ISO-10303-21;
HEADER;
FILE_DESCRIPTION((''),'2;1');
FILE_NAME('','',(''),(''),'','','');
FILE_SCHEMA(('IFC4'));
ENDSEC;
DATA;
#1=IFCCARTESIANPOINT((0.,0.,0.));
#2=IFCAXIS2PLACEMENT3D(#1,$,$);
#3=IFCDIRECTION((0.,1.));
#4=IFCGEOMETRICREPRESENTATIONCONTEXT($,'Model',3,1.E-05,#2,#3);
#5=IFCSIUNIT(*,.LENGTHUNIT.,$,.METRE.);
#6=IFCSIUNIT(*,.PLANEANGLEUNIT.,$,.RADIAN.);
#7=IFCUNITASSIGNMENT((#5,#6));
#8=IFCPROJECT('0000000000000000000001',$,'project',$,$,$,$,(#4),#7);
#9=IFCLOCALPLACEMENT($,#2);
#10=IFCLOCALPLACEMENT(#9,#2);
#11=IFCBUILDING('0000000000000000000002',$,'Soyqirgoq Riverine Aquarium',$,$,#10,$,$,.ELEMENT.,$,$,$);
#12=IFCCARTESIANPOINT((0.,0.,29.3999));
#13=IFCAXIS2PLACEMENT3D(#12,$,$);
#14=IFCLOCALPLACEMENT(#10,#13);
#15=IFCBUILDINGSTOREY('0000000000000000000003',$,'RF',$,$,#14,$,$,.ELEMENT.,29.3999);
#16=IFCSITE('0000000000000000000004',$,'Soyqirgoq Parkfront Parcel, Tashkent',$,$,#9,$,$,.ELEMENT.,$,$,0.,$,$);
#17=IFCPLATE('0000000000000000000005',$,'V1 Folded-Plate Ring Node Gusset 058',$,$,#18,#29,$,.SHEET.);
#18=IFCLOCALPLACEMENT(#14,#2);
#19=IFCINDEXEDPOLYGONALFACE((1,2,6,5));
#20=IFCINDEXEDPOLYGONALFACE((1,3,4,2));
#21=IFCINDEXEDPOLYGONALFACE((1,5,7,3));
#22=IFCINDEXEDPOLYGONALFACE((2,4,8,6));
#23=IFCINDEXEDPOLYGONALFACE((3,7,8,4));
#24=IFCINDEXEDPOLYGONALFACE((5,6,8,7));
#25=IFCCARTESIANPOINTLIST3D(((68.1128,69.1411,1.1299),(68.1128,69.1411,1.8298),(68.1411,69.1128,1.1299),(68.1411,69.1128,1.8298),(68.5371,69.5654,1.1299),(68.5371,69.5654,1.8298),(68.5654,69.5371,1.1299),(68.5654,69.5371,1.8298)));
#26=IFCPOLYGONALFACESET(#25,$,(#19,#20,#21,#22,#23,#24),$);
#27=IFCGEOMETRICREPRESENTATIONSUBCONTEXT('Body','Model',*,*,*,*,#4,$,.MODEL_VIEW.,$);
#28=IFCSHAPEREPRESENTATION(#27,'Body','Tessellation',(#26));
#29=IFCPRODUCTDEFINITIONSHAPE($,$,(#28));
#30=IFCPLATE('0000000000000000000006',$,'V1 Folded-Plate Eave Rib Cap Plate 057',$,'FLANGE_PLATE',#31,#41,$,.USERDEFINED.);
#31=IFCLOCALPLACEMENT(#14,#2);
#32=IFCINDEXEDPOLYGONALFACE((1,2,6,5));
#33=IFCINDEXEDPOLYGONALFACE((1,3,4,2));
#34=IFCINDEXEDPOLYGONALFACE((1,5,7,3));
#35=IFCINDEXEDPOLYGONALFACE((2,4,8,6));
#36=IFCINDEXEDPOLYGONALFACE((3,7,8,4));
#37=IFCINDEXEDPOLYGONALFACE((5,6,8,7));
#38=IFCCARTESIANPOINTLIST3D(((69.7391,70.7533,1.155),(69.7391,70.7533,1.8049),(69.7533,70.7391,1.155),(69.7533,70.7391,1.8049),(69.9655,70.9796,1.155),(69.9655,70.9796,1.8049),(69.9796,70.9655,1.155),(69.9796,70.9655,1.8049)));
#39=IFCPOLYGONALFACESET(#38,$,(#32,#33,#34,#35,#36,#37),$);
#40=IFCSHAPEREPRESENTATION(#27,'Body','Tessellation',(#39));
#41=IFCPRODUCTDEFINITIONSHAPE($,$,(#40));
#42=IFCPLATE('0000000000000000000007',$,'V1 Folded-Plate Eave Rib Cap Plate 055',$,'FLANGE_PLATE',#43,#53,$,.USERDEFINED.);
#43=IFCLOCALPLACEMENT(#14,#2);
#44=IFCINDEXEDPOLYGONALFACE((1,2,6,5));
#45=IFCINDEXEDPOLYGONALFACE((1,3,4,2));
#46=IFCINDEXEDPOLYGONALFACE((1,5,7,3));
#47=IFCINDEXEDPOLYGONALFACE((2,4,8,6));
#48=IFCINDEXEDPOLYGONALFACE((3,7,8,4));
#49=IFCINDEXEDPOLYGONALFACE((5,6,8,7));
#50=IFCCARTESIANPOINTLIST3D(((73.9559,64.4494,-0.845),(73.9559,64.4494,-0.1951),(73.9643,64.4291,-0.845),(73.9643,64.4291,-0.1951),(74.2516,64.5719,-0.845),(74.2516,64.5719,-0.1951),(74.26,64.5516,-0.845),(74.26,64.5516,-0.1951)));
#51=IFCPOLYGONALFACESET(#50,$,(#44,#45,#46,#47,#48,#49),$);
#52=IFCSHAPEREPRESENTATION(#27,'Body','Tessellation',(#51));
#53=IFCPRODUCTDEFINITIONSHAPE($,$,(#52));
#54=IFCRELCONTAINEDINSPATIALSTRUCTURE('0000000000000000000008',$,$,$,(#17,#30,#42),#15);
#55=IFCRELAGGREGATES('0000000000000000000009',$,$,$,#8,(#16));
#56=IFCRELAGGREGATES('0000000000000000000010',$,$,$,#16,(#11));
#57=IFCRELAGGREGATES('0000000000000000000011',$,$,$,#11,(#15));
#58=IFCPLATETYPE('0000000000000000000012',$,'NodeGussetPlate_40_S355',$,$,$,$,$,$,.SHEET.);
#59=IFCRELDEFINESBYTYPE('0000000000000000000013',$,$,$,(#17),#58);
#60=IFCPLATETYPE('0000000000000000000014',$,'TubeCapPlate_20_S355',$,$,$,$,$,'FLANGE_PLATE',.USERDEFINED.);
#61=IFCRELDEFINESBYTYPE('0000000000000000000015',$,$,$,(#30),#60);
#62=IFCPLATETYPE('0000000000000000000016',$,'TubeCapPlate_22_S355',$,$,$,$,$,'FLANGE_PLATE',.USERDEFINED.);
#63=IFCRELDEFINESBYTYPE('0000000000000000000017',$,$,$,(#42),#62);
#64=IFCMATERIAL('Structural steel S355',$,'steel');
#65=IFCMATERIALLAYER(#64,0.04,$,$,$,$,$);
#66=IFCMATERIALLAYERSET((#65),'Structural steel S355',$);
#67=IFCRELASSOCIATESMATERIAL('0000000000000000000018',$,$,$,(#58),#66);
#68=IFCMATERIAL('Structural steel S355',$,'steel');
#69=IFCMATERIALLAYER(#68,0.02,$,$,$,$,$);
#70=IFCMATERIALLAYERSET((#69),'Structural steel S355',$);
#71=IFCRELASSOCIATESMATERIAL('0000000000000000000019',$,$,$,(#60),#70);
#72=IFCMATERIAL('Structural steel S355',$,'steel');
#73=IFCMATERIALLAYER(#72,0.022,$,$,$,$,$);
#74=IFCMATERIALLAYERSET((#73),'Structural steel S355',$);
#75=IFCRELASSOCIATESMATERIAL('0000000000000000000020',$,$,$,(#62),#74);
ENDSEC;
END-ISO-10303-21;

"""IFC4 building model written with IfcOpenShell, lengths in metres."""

from ifc_helpers import new_model, si_unit, direction, frame, origin, origin_2d, place, context, subcontext, project, spatial, rectangle, extrude, material, layer, layer_set, type_object, element, save


model = new_model("IFC4")

# Units and contexts
model_context = context("Model", 3, precision=1e-05, world=origin(), true_north=direction((0.0, 1.0)))
body_context = subcontext(model_context, "Body", "Model", "MODEL_VIEW")
ifc_project = project(units=[si_unit("LENGTHUNIT", "METRE"), si_unit("PLANEANGLEUNIT", "RADIAN")], contexts=[model_context])

# Site, building, storey
site_placement = place(None, origin())
site = spatial("IfcSite", under=ifc_project, at=site_placement, Name="Soyqirgoq Parkfront Parcel, Tashkent", CompositionType="ELEMENT", RefElevation=0.0)
building_placement = place(site_placement, origin())
building = spatial("IfcBuilding", under=site, at=building_placement, Name="Soyqirgoq Riverine Aquarium", CompositionType="ELEMENT")
storey_placement = place(building_placement, frame((0.0, 0.0, 29.3999)))
storey = spatial("IfcBuildingStorey", under=building, at=storey_placement, Name="RF", CompositionType="ELEMENT", Elevation=29.3999)

# Plates
ifc_material_1 = material(Name="Structural steel S355", Category="steel")
ifc_layer_1 = layer(ifc_material_1, 0.04)
ifc_layer_set_1 = layer_set([ifc_layer_1], Name="Structural steel S355")
plate_type_1 = type_object("IfcPlateType", Name="NodeGussetPlate_40_S355", PredefinedType="SHEET", material=ifc_layer_set_1)
plate_1_placement = place(storey_placement, frame((68.3391, 69.3391, 1.1299), z_axis=(0.0, 0.0, 1.0), x_axis=(0.707107, 0.707107, 0.0)))
element("IfcPlate", 1, at=plate_1_placement, inside=storey, type_object=plate_type_1, Name="V1 Folded-Plate Ring Node Gusset 058", PredefinedType="SHEET", context=body_context, shape_type="SweptSolid", body=[
    extrude(rectangle(XDim=0.6001, YDim=0.04, at=origin_2d()), origin(), (0.0, 0.0, 1.0), 0.7),
])
ifc_material_2 = material(Name="Structural steel S355", Category="steel")
ifc_layer_2 = layer(ifc_material_2, 0.02)
ifc_layer_set_2 = layer_set([ifc_layer_2], Name="Structural steel S355")
plate_type_2 = type_object("IfcPlateType", Name="TubeCapPlate_20_S355", ElementType="FLANGE_PLATE", PredefinedType="USERDEFINED", material=ifc_layer_set_2)
plate_2_placement = place(storey_placement, frame((69.8594, 70.8594, 1.155), z_axis=(0.0, 0.0, 1.0), x_axis=(0.707107, 0.707107, 0.0)))
element("IfcPlate", 2, at=plate_2_placement, inside=storey, type_object=plate_type_2, Name="V1 Folded-Plate Eave Rib Cap Plate 057", ObjectType="FLANGE_PLATE", PredefinedType="USERDEFINED", context=body_context, shape_type="SweptSolid", body=[
    extrude(rectangle(XDim=0.3201, YDim=0.02, at=origin_2d()), origin(), (0.0, 0.0, 1.0), 0.6499),
])
ifc_material_3 = material(Name="Structural steel S355", Category="steel")
ifc_layer_3 = layer(ifc_material_3, 0.022)
ifc_layer_set_3 = layer_set([ifc_layer_3], Name="Structural steel S355")
plate_type_3 = type_object("IfcPlateType", Name="TubeCapPlate_22_S355", ElementType="FLANGE_PLATE", PredefinedType="USERDEFINED", material=ifc_layer_set_3)
plate_3_placement = place(storey_placement, frame((74.1079, 64.5005, -0.845), z_axis=(0.0, 0.0, 1.0), x_axis=(0.92388, 0.382683, 0.0)))
element("IfcPlate", 3, at=plate_3_placement, inside=storey, type_object=plate_type_3, Name="V1 Folded-Plate Eave Rib Cap Plate 055", ObjectType="FLANGE_PLATE", PredefinedType="USERDEFINED", context=body_context, shape_type="SweptSolid", body=[
    extrude(rectangle(XDim=0.3201, YDim=0.022, at=origin_2d()), origin(), (0.0, 0.0, 1.0), 0.6499),
])

save(model, "model.ifc")
